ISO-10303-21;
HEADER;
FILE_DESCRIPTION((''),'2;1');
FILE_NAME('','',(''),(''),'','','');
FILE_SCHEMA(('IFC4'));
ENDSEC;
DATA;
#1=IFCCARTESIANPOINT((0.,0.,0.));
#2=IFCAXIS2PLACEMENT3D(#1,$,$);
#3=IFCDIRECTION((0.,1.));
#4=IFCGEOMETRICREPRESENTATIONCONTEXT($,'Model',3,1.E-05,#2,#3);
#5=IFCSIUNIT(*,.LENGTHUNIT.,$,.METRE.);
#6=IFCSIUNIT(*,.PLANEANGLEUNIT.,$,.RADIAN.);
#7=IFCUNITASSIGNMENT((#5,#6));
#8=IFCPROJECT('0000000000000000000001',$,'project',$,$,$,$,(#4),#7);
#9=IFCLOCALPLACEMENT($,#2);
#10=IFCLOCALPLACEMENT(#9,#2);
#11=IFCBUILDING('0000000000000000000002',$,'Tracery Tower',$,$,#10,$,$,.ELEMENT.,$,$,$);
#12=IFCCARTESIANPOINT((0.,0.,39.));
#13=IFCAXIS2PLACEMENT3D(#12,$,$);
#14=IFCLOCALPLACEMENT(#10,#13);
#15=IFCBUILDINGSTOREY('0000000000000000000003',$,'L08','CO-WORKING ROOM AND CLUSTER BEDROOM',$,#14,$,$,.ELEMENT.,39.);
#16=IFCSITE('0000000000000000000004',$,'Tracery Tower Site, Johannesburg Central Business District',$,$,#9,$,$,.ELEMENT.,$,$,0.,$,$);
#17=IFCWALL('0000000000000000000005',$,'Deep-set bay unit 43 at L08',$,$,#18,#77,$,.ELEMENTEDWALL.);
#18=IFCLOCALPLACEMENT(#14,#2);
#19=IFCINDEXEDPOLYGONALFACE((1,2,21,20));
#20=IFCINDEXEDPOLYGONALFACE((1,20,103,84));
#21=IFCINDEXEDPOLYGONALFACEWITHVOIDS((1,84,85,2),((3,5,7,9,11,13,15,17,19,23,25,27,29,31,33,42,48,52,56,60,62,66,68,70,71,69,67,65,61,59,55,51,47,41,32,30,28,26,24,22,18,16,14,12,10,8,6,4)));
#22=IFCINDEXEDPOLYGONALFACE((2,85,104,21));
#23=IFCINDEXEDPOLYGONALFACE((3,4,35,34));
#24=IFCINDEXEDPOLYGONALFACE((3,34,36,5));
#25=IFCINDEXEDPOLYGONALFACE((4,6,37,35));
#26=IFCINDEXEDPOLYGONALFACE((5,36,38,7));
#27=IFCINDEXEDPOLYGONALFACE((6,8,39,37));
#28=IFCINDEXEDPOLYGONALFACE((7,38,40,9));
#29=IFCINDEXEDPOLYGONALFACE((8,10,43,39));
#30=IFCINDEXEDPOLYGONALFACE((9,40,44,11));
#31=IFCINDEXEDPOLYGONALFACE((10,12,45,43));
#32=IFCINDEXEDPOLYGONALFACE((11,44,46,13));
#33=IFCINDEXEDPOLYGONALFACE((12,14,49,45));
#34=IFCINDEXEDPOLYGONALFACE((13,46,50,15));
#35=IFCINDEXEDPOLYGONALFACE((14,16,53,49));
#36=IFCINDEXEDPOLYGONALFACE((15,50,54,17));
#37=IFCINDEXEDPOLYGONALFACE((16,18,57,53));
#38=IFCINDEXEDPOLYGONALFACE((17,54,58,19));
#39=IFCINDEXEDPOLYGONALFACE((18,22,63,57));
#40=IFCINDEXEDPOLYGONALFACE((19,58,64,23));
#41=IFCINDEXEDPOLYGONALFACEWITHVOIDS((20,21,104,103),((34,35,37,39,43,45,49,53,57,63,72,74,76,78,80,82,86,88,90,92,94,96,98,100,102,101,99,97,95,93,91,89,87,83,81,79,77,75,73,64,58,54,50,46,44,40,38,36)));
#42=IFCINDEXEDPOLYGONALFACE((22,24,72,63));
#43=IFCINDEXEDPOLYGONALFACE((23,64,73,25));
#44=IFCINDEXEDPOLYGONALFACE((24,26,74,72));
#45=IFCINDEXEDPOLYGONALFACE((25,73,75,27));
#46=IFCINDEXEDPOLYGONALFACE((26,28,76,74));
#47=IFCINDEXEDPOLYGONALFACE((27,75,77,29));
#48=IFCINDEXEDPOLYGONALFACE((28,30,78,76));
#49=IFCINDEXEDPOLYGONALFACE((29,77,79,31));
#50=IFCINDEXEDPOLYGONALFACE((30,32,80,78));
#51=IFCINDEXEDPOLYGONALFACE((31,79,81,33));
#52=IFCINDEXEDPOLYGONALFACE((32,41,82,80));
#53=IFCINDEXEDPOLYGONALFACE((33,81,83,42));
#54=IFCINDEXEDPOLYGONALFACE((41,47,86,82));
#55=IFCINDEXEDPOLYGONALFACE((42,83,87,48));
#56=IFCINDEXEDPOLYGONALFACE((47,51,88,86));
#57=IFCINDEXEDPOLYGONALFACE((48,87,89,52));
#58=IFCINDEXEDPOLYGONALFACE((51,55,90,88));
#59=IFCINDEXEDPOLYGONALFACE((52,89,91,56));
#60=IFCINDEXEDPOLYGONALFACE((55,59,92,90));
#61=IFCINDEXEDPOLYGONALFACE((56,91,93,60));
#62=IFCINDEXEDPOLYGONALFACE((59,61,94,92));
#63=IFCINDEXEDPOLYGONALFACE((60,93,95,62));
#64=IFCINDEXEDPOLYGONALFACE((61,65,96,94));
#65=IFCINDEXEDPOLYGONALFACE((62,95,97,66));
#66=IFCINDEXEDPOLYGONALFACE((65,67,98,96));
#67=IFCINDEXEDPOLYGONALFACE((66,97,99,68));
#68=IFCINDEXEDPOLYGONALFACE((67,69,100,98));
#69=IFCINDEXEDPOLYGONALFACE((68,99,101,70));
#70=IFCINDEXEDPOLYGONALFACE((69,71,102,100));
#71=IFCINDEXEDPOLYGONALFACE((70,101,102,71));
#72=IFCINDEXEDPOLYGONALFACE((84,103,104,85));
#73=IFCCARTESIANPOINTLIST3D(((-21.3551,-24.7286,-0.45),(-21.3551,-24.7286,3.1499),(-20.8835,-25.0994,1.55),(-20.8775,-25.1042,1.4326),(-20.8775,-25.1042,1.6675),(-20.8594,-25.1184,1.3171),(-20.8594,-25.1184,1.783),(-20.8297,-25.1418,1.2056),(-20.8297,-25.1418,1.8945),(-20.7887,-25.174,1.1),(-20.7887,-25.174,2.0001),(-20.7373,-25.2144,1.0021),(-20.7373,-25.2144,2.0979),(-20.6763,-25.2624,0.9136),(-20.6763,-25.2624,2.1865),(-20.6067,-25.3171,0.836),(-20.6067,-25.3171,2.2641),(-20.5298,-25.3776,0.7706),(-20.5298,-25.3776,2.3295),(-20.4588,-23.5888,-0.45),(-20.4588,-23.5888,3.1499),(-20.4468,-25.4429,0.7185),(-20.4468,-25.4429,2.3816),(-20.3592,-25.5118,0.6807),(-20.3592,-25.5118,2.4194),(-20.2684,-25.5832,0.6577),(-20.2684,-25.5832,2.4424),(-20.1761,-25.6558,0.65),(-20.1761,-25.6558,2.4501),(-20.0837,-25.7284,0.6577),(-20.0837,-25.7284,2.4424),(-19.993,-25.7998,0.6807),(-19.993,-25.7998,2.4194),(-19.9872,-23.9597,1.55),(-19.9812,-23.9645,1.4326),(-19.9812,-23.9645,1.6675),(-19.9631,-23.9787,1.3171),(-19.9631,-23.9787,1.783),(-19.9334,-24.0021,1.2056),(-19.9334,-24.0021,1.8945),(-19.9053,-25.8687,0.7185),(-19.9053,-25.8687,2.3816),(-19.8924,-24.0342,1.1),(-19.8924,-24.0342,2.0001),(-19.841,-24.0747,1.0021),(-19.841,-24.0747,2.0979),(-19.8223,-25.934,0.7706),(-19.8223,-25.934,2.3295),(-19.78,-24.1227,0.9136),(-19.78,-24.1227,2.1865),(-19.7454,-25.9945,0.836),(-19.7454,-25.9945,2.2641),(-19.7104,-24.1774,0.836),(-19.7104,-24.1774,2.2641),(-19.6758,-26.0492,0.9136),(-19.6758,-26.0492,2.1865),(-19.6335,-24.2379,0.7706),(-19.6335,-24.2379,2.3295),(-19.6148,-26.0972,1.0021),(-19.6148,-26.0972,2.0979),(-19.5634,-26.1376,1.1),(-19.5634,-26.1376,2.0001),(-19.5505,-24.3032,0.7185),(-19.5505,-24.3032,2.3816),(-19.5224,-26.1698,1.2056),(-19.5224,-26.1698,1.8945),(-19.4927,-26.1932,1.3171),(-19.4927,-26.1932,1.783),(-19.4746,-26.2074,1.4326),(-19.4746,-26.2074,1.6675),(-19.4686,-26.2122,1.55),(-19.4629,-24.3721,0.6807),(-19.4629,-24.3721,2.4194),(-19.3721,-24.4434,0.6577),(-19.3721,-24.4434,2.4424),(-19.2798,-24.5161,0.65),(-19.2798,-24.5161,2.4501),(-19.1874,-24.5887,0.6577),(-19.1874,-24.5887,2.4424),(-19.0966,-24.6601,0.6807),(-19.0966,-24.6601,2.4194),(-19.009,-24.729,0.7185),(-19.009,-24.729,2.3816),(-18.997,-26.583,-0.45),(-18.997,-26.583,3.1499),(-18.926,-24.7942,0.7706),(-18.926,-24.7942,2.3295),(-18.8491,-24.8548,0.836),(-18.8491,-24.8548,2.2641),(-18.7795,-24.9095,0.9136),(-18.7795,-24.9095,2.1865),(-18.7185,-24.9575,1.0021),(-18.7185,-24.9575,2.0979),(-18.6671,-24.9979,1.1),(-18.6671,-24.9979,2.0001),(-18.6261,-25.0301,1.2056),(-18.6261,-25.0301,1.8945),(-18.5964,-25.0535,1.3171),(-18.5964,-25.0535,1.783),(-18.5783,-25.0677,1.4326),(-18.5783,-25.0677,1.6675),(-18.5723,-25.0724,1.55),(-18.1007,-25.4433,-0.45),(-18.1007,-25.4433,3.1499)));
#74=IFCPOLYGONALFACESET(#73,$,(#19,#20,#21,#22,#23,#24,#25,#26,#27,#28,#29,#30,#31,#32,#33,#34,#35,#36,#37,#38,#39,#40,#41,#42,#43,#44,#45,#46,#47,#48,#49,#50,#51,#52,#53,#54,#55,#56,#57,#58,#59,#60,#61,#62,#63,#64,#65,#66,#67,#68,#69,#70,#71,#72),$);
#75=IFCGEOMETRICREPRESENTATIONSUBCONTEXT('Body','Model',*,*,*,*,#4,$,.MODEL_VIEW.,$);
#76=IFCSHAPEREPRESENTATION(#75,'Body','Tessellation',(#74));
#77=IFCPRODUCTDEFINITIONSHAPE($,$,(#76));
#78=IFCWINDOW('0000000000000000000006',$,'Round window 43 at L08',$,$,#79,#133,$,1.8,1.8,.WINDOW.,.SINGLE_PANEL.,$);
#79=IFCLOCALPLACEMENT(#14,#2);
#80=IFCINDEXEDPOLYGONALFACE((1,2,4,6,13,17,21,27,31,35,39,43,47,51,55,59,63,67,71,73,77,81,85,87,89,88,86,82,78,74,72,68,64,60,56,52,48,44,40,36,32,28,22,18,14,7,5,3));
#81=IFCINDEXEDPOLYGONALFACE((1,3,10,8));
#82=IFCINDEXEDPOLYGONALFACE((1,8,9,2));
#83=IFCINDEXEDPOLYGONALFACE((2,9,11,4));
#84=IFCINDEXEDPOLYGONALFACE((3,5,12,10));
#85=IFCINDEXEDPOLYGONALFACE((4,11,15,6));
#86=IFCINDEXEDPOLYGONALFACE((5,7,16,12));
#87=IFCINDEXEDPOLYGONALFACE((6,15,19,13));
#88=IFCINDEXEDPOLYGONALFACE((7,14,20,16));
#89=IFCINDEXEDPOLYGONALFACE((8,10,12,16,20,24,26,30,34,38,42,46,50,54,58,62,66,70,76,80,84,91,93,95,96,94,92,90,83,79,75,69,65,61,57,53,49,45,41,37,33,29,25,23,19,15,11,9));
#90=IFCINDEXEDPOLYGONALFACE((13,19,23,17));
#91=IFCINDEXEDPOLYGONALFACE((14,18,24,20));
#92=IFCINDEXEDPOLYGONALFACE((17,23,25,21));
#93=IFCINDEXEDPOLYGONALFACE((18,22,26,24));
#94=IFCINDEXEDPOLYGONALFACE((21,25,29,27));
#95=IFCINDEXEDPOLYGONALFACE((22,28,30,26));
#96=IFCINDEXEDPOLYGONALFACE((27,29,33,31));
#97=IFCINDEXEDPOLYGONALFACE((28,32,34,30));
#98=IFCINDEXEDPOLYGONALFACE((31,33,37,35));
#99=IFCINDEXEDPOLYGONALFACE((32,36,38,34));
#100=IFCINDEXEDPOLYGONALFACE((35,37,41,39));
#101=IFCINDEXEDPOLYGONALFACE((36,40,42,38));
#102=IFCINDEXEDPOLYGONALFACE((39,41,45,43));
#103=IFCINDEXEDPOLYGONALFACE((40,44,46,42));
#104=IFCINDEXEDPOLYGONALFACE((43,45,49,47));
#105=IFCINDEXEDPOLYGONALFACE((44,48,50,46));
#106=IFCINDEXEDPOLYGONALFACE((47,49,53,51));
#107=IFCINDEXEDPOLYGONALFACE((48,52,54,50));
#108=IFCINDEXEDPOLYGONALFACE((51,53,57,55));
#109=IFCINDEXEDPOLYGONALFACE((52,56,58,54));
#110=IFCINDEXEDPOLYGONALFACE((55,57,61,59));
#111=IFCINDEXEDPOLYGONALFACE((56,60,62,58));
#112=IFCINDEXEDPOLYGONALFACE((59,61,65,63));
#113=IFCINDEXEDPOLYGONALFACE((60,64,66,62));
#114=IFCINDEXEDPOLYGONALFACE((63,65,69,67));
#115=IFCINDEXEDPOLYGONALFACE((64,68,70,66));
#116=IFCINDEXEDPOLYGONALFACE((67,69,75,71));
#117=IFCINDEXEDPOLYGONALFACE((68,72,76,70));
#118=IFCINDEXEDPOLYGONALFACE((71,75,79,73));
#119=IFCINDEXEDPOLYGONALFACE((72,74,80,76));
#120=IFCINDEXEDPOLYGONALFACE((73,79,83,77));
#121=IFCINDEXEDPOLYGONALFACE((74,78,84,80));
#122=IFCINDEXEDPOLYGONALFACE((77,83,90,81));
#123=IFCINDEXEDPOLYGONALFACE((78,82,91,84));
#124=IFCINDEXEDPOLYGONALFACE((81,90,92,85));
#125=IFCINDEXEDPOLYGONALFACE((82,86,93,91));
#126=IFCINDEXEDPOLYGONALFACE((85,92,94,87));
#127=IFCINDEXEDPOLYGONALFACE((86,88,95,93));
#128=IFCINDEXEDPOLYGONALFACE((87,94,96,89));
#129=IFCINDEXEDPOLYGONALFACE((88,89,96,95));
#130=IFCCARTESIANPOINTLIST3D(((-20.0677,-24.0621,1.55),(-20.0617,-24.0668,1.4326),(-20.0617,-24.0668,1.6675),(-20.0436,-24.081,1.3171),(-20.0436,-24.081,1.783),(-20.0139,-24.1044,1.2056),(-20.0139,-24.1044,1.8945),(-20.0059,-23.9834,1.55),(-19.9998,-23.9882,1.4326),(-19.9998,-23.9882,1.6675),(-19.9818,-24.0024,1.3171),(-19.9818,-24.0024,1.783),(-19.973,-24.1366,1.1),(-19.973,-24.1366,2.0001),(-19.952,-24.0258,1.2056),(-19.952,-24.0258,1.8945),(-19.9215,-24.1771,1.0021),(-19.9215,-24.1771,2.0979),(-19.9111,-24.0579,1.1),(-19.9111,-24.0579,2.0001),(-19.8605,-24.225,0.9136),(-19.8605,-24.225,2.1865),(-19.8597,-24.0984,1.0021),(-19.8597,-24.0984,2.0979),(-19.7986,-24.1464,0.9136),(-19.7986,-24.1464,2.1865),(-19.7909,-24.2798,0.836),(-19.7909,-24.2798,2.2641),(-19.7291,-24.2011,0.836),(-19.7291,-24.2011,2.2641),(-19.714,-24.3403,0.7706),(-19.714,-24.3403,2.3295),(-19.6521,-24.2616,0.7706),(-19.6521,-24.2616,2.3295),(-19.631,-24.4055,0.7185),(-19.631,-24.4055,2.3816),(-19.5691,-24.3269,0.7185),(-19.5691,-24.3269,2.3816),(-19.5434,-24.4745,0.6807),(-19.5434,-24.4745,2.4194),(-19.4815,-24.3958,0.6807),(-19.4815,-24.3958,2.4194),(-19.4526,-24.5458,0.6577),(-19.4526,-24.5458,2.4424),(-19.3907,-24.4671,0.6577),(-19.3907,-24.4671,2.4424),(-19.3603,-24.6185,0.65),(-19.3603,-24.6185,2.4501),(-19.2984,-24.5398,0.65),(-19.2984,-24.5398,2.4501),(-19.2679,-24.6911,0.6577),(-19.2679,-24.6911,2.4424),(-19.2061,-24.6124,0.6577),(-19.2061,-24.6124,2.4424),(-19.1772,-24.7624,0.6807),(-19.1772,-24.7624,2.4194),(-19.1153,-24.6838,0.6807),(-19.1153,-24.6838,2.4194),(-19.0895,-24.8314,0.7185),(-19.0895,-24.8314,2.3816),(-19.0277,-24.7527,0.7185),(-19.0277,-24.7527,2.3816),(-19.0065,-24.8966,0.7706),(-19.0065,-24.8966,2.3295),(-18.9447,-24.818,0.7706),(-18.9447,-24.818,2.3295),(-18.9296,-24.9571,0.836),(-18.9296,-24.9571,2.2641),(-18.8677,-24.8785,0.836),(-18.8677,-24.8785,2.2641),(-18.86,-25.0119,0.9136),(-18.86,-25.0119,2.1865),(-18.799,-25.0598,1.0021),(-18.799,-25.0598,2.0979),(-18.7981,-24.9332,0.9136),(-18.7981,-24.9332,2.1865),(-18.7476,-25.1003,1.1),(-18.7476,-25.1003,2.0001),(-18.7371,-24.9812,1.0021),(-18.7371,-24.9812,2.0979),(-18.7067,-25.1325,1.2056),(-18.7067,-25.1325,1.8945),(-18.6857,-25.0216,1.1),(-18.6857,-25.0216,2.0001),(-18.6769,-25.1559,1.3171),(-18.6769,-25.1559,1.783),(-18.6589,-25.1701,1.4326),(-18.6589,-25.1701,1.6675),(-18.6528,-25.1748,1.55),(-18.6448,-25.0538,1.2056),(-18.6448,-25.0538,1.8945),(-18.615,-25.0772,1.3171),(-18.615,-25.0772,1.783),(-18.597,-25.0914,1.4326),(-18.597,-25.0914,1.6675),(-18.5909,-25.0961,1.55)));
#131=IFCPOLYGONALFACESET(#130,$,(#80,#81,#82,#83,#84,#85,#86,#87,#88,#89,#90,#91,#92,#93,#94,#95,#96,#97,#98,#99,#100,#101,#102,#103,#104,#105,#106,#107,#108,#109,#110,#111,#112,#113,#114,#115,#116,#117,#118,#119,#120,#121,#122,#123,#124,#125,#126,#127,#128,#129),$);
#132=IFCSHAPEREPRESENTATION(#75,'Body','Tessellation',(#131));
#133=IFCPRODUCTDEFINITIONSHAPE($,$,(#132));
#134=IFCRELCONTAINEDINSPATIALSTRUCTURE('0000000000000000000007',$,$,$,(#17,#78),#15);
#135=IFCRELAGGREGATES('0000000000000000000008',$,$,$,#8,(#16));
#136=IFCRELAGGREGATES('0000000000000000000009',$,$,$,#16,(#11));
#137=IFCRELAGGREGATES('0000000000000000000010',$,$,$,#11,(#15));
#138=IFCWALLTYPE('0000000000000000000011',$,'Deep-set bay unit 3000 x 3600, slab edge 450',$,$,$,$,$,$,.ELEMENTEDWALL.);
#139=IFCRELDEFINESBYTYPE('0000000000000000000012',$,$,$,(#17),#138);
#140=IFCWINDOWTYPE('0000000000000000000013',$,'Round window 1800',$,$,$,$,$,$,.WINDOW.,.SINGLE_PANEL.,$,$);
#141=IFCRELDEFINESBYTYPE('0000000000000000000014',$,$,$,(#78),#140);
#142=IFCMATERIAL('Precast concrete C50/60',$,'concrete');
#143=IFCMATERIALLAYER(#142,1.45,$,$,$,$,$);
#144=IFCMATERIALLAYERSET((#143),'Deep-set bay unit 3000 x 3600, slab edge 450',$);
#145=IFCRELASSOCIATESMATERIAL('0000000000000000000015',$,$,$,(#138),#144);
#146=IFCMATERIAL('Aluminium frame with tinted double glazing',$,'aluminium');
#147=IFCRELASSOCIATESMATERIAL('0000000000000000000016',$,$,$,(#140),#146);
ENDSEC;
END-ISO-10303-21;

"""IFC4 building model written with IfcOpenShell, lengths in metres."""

from ifc_helpers import new_model, si_unit, direction, frame, frame_2d, origin, origin_2d, place, context, subcontext, project, spatial, rectangle, circle, extrude, material, layer, layer_set, type_object, element, fill, save


model = new_model("IFC4")

# Units and contexts
model_context = context("Model", 3, precision=1e-05, world=origin(), true_north=direction((0.0, 1.0)))
body_context = subcontext(model_context, "Body", "Model", "MODEL_VIEW")
ifc_project = project(units=[si_unit("LENGTHUNIT", "METRE"), si_unit("PLANEANGLEUNIT", "RADIAN")], contexts=[model_context])

# Site, building, storey
site_placement = place(None, origin())
site = spatial("IfcSite", under=ifc_project, at=site_placement, Name="Tracery Tower Site, Johannesburg Central Business District", CompositionType="ELEMENT", RefElevation=0.0)
building_placement = place(site_placement, origin())
building = spatial("IfcBuilding", under=site, at=building_placement, Name="Tracery Tower", CompositionType="ELEMENT")
storey_placement = place(building_placement, frame((0.0, 0.0, 39.0)))
storey = spatial("IfcBuildingStorey", under=building, at=storey_placement, Name="L08", Description="CO-WORKING ROOM AND CLUSTER BEDROOM", CompositionType="ELEMENT", Elevation=39.0)

# Wall, opening, window
ifc_material_1 = material(Name="Precast concrete C50/60", Category="concrete")
ifc_layer_1 = layer(ifc_material_1, 1.45)
ifc_layer_set_1 = layer_set([ifc_layer_1], Name="Deep-set bay unit 3000 x 3600, slab edge 450")
wall_type_1 = type_object("IfcWallType", Name="Deep-set bay unit 3000 x 3600, slab edge 450", PredefinedType="ELEMENTEDWALL", material=ifc_layer_set_1)
wall_1_placement = place(storey_placement, frame((-20.907, -24.1587, -0.45), z_axis=(0.0, 0.0, 1.0), x_axis=(0.78605, -0.618163, 0.0)))
wall_1 = element("IfcWall", 1, at=wall_1_placement, inside=storey, type_object=wall_type_1, Name="Deep-set bay unit 43 at L08", PredefinedType="ELEMENTEDWALL", context=body_context, shape_type="SweptSolid", body=[
    extrude(rectangle(XDim=3.0, YDim=1.45, at=frame_2d((1.5, 0.0))), origin(), (0.0, 0.0, 1.0), 3.5999),
])
opening_1_placement = place(wall_1_placement, frame((1.5, 0.0, 2.0)))
opening_1 = element("IfcOpeningElement", 2, at=opening_1_placement, cuts=wall_1, PredefinedType="OPENING", context=body_context, shape_type="SweptSolid", body=[
    extrude(circle(Radius=0.9, at=origin_2d()), frame((0.0, 0.7349, 0.0), z_axis=(0.0, -1.0, 0.0), x_axis=(1.0, 0.0, 0.0)), (0.0, 0.0, 1.0), 1.47),
])
ifc_material_2 = material(Name="Aluminium frame with tinted double glazing", Category="aluminium")
window_type = type_object("IfcWindowType", Name="Round window 1800", PartitioningType="SINGLE_PANEL", PredefinedType="WINDOW", material=ifc_material_2)
window_1_placement = place(opening_1_placement, origin())
window_1 = element("IfcWindow", 3, at=window_1_placement, inside=storey, type_object=window_type, Name="Round window 43 at L08", OverallHeight=1.8, OverallWidth=1.8, PartitioningType="SINGLE_PANEL", PredefinedType="WINDOW", context=body_context, shape_type="SweptSolid", body=[
    extrude(circle(Radius=0.9, at=origin_2d()), frame((0.0, 0.6948, 0.0), z_axis=(0.0, -1.0, 0.0), x_axis=(1.0, 0.0, 0.0)), (0.0, 0.0, 1.0), 0.1001),
])
fill(opening_1, window_1)

save(model, "model.ifc")
